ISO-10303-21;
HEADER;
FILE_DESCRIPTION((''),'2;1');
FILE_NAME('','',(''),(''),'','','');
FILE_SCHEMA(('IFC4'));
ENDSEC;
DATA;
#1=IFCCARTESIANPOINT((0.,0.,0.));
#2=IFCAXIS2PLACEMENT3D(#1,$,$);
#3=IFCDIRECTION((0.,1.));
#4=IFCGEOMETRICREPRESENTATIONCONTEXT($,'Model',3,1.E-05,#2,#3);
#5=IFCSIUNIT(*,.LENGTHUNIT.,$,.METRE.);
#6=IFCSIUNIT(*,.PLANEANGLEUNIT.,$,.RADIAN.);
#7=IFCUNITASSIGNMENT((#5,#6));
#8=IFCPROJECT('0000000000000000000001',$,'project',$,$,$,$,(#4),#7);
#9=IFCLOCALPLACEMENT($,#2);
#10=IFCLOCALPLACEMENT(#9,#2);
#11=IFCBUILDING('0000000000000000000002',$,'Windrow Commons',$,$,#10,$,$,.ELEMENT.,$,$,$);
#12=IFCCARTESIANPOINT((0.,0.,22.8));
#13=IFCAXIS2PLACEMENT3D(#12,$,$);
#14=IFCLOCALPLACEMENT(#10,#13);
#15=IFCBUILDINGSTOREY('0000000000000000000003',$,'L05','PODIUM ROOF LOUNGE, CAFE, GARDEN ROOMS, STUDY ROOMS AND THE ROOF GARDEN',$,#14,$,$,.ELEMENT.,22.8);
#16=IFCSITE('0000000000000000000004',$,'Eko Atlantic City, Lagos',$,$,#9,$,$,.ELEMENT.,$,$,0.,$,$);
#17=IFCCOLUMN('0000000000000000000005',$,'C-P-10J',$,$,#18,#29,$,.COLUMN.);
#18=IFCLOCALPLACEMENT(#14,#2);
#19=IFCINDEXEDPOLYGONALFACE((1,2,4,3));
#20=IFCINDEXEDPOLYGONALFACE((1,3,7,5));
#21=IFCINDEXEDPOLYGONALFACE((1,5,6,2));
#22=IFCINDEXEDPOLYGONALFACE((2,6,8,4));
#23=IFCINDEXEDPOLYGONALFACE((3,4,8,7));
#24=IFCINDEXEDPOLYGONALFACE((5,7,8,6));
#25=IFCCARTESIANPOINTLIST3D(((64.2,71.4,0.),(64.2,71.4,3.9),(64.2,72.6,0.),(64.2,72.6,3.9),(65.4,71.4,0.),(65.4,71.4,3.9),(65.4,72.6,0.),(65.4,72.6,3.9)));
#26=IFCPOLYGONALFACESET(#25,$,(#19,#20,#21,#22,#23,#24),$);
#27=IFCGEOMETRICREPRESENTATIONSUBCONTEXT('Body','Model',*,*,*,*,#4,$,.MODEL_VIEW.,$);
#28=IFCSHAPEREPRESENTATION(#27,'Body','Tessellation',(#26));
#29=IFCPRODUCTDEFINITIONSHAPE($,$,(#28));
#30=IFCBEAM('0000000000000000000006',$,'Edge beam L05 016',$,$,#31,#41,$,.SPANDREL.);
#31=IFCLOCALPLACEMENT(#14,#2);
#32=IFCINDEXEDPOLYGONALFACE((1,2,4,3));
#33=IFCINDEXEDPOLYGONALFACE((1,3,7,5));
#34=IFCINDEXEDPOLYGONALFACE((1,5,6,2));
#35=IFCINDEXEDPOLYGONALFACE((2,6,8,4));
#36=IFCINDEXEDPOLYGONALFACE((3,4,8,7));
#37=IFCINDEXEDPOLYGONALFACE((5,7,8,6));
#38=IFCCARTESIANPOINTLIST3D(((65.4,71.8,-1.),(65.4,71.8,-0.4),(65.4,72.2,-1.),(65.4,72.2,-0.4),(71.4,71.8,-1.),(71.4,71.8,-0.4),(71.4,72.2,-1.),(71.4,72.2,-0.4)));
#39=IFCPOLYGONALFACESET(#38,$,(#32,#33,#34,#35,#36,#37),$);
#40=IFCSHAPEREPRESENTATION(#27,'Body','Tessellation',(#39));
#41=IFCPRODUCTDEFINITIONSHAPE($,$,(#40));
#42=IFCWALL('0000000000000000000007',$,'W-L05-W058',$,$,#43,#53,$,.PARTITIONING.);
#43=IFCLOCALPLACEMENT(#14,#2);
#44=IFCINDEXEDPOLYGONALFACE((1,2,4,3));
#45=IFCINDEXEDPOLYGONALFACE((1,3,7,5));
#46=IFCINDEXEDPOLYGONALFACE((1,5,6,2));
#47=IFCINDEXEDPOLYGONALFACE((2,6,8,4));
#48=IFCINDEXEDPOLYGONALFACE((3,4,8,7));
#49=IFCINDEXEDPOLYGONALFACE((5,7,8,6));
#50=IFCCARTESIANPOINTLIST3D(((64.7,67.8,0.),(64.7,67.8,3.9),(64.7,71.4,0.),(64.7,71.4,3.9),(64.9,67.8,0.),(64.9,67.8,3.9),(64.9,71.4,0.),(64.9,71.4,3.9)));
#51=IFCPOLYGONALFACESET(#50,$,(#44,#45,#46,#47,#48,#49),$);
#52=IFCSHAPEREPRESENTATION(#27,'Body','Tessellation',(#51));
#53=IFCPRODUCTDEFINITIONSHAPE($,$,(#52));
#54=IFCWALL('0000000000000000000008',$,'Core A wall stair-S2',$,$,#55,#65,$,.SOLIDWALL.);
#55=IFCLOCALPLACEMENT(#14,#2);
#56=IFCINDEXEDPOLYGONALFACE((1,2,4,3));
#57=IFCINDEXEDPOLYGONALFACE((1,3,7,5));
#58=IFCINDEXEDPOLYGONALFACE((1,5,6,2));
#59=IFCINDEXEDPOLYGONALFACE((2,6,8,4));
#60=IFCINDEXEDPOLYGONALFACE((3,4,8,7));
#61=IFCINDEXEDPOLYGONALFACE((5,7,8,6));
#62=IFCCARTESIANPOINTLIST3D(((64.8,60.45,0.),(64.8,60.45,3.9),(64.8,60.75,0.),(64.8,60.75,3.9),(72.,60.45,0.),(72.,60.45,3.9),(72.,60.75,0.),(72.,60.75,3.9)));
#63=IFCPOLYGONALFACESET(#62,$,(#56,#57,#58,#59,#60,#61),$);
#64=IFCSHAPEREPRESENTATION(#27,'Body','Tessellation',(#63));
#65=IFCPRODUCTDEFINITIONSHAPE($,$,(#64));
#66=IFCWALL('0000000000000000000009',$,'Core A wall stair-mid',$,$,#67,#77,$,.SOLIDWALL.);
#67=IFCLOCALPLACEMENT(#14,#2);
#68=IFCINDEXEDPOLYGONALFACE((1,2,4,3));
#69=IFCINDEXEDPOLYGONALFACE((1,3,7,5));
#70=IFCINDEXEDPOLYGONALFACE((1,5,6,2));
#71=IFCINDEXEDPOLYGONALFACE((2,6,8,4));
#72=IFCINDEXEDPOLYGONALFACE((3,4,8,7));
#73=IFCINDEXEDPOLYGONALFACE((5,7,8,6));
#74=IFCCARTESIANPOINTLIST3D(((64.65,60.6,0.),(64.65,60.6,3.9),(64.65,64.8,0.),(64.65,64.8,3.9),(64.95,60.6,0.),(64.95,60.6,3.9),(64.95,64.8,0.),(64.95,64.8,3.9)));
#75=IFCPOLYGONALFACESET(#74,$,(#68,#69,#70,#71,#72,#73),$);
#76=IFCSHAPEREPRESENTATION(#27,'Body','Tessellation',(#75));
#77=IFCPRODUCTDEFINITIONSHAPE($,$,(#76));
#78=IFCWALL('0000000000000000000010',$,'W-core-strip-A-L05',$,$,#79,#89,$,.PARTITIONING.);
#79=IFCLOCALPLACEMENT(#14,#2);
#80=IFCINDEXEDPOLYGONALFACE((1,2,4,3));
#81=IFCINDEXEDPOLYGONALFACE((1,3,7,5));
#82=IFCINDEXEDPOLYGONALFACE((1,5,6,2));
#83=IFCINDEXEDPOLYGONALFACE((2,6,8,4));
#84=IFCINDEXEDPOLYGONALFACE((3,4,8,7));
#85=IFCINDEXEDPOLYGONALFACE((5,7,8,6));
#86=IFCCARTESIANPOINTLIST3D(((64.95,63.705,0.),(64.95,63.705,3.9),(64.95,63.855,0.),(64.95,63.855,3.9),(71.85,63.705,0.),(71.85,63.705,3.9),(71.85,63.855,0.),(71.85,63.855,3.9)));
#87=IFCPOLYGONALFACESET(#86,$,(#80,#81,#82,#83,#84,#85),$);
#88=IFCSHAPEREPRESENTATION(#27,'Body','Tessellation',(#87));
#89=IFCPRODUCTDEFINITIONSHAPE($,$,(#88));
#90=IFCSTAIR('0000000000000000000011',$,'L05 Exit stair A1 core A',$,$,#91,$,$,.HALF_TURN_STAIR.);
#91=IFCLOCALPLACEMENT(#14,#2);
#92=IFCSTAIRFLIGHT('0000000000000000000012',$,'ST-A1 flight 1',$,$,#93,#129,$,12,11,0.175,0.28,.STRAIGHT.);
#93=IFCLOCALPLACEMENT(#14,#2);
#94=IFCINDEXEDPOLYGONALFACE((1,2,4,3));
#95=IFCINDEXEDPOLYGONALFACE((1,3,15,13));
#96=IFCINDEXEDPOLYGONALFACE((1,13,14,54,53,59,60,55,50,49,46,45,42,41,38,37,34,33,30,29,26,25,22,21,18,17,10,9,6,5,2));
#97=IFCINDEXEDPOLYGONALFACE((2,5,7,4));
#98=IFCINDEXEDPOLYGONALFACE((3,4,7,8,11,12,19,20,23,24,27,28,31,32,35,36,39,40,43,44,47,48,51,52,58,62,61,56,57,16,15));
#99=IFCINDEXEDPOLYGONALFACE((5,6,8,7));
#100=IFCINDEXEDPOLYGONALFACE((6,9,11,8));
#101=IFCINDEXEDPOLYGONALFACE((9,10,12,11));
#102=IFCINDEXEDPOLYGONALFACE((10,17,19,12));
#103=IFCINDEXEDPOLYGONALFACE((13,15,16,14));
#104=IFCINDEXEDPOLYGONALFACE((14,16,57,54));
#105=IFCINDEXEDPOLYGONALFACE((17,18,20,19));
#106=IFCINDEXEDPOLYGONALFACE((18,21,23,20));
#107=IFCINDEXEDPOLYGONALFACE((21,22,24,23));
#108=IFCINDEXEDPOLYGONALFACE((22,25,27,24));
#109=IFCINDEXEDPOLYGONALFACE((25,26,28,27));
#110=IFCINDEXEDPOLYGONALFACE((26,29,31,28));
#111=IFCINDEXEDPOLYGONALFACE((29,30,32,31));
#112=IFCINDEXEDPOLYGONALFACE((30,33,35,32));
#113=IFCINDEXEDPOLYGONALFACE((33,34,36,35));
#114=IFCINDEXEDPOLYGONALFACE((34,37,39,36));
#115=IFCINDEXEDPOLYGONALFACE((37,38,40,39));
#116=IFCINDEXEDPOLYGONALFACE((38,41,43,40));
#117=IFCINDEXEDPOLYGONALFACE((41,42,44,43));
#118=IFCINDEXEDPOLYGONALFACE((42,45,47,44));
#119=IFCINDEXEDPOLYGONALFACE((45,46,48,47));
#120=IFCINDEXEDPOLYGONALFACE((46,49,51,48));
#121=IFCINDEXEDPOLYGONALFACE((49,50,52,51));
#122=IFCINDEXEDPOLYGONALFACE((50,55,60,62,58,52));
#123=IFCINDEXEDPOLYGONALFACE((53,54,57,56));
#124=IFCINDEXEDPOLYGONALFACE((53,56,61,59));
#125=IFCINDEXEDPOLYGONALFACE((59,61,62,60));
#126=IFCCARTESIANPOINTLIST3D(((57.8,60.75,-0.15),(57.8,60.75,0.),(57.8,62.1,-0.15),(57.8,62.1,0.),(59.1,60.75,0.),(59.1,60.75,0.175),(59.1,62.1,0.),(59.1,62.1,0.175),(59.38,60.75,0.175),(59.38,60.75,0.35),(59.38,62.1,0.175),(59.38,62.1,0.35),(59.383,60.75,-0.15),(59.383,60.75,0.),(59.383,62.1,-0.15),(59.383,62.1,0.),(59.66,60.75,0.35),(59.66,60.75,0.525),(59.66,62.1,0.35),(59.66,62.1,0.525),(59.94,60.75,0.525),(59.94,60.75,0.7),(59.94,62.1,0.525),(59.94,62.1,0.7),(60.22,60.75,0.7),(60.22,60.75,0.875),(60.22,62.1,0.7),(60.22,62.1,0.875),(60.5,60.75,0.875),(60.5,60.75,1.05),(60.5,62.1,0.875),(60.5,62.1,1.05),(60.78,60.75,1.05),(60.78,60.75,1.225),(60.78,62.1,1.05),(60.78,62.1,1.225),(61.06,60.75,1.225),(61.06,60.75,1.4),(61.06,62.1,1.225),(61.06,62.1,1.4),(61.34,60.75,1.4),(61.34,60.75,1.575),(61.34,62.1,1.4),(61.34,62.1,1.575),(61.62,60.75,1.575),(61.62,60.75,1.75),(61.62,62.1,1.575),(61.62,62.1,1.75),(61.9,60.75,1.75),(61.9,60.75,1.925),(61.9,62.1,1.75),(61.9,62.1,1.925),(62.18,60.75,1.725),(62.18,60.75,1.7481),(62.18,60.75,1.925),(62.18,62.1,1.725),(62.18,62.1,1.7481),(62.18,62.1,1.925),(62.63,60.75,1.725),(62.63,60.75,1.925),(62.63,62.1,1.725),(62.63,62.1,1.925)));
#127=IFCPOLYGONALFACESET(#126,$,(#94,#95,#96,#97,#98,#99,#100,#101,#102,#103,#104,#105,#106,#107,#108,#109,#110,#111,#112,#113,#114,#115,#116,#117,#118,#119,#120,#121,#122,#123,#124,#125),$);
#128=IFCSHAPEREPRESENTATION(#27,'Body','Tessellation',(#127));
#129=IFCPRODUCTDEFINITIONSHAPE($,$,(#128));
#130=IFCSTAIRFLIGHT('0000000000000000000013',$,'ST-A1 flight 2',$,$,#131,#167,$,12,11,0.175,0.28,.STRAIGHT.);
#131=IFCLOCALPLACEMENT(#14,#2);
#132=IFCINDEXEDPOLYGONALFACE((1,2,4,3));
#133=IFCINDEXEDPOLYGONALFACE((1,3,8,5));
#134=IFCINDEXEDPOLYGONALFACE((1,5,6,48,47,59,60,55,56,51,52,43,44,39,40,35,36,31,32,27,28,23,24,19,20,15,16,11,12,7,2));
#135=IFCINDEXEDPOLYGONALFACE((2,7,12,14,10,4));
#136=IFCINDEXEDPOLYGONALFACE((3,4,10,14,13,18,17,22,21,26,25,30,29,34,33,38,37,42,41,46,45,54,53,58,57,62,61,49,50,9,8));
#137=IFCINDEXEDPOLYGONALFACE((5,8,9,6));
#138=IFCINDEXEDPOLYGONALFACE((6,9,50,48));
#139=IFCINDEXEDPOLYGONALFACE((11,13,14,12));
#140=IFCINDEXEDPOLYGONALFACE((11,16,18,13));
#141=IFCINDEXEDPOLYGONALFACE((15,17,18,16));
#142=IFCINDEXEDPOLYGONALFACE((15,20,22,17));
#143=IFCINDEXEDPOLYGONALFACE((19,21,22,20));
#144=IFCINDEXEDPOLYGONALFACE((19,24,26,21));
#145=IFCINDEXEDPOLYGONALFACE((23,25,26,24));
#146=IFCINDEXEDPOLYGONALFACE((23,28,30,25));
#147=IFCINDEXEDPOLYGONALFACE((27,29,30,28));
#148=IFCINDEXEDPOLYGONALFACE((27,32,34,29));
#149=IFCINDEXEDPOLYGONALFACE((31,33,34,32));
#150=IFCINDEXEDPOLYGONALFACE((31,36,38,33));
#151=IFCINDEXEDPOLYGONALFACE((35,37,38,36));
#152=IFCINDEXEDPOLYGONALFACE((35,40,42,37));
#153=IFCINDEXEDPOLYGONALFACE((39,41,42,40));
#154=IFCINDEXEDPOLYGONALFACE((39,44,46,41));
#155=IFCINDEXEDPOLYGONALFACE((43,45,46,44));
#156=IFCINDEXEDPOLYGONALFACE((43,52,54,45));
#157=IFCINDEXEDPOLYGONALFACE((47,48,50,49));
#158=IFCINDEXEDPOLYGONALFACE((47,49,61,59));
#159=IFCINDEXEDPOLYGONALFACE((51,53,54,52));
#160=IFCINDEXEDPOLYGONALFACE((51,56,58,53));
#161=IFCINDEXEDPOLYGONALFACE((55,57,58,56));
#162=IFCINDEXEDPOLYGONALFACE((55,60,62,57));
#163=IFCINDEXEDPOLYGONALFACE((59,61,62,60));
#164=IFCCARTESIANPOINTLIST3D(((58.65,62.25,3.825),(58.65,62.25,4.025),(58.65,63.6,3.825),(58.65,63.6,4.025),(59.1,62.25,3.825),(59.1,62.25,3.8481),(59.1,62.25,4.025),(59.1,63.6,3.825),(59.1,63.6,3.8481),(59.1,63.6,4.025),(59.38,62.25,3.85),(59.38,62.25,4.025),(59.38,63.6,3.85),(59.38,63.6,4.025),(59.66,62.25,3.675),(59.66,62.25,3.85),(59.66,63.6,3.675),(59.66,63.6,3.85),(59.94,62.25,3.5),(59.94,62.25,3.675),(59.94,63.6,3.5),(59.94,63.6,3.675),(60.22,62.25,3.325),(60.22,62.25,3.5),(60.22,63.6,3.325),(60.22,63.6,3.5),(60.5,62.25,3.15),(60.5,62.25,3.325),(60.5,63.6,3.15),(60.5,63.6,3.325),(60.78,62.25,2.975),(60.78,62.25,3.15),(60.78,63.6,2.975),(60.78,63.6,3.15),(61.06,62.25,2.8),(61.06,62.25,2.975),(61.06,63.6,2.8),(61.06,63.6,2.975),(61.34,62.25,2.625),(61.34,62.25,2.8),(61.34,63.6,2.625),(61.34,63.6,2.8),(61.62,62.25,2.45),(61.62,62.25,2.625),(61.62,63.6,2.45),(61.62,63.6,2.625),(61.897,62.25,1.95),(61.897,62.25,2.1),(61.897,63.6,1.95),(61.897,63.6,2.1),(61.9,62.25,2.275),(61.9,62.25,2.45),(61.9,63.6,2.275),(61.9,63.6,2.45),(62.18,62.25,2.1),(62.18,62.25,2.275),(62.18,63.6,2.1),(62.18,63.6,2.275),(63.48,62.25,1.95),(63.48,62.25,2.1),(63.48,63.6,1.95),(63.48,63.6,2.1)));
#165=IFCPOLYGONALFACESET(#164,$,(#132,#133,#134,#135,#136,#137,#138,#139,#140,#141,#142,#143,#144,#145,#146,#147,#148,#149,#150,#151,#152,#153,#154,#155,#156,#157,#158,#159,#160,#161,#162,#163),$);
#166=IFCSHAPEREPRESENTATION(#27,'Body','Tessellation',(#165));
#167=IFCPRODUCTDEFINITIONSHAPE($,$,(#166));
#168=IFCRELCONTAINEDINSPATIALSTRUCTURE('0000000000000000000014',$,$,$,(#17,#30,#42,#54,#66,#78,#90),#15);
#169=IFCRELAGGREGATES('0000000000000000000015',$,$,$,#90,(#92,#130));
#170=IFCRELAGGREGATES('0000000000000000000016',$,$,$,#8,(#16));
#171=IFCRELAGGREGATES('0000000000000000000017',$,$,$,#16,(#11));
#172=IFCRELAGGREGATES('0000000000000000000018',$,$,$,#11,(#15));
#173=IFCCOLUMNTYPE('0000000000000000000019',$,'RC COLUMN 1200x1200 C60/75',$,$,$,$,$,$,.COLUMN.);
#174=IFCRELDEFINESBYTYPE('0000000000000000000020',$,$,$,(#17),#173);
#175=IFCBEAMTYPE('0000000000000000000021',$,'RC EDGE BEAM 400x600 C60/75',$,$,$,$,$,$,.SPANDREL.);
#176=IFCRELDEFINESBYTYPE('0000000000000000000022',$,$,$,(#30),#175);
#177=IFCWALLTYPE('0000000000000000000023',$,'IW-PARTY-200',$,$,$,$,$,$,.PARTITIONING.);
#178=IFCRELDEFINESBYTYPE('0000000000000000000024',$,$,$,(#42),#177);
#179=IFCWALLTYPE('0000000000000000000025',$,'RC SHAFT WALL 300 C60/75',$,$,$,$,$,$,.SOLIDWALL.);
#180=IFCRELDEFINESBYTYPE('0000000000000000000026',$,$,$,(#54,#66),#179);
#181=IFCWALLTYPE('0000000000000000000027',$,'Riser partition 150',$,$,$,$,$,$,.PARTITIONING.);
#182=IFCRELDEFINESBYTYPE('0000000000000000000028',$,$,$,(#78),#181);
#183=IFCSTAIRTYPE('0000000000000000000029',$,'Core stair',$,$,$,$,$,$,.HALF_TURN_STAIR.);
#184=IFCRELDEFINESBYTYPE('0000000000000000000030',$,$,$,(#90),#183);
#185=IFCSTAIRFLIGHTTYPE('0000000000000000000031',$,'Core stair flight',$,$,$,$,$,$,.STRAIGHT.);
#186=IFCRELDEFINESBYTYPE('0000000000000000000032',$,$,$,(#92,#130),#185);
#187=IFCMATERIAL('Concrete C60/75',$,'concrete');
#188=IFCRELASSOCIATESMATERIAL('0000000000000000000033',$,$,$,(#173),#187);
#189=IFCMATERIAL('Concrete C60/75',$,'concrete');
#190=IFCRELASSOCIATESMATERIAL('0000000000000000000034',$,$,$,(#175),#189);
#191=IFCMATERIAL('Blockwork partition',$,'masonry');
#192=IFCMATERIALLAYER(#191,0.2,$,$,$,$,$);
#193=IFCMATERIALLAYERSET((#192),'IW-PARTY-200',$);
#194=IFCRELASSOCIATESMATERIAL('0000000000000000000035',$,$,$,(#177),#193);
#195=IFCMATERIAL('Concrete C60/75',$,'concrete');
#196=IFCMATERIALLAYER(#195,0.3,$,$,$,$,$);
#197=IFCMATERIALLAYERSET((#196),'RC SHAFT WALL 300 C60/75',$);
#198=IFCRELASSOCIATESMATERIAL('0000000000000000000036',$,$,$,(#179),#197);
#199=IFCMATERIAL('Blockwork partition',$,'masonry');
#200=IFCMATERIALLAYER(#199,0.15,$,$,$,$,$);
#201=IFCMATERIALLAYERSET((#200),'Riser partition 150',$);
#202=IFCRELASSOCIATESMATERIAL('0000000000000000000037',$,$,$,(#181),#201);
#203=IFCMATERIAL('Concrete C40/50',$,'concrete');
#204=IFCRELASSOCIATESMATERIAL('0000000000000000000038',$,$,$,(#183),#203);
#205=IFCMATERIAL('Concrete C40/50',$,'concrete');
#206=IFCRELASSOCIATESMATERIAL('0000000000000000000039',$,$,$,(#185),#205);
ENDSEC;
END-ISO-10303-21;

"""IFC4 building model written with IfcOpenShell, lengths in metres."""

from ifc_helpers import new_model, si_unit, direction, frame, frame_2d, origin, origin_2d, place, context, subcontext, project, spatial, polyline, rectangle, outline, extrude, material, layer, layer_set, material_profile, profile_set, type_object, element, aggregate, save


model = new_model("IFC4")

# Units and contexts
model_context = context("Model", 3, precision=1e-05, world=origin(), true_north=direction((0.0, 1.0)))
body_context = subcontext(model_context, "Body", "Model", "MODEL_VIEW")
ifc_project = project(units=[si_unit("LENGTHUNIT", "METRE"), si_unit("PLANEANGLEUNIT", "RADIAN")], contexts=[model_context])

# Site, building, storey
site_placement = place(None, origin())
site = spatial("IfcSite", under=ifc_project, at=site_placement, Name="Eko Atlantic City, Lagos", CompositionType="ELEMENT", RefElevation=0.0)
building_placement = place(site_placement, origin())
building = spatial("IfcBuilding", under=site, at=building_placement, Name="Windrow Commons", CompositionType="ELEMENT")
storey_placement = place(building_placement, frame((0.0, 0.0, 22.8)))
storey = spatial("IfcBuildingStorey", under=building, at=storey_placement, Name="L05", Description="PODIUM ROOF LOUNGE, CAFE, GARDEN ROOMS, STUDY ROOMS AND THE ROOF GARDEN", CompositionType="ELEMENT", Elevation=22.8)

# Column
ifc_material_1 = material(Name="Concrete C60/75", Category="concrete")
ifc_material_profile_1 = material_profile(ifc_material_1, rectangle(XDim=1.2, YDim=1.2, at=origin_2d()))
ifc_profile_set_1 = profile_set([ifc_material_profile_1], Name="Concrete C60/75")
column_type = type_object("IfcColumnType", Name="RC COLUMN 1200x1200 C60/75", PredefinedType="COLUMN", material=ifc_profile_set_1)
column_placement = place(storey_placement, frame((64.8, 72.0, 0.0), z_axis=(0.0, 0.0, 1.0), x_axis=(1.0, 0.0, 0.0)))
element("IfcColumn", 1, at=column_placement, inside=storey, type_object=column_type, Name="C-P-10J", PredefinedType="COLUMN", context=body_context, shape_type="SweptSolid", body=[
    extrude(rectangle(XDim=1.2, YDim=1.2, at=origin_2d()), origin(), (0.0, 0.0, 1.0), 3.9),
])

# Beam
ifc_material_2 = material(Name="Concrete C60/75", Category="concrete")
ifc_material_profile_2 = material_profile(ifc_material_2, rectangle(XDim=0.4, YDim=0.6, at=origin_2d()))
ifc_profile_set_2 = profile_set([ifc_material_profile_2], Name="Concrete C60/75")
beam_type = type_object("IfcBeamType", Name="RC EDGE BEAM 400x600 C60/75", PredefinedType="SPANDREL", material=ifc_profile_set_2)
beam_placement = place(storey_placement, frame((65.4, 72.0, -0.7), z_axis=(1.0, 0.0, 0.0), x_axis=(0.0, 1.0, 0.0)))
element("IfcBeam", 2, at=beam_placement, inside=storey, type_object=beam_type, Name="Edge beam L05 016", PredefinedType="SPANDREL", context=body_context, shape_type="SweptSolid", body=[
    extrude(rectangle(XDim=0.4, YDim=0.6, at=origin_2d()), origin(), (0.0, 0.0, 1.0), 6.0),
])

# Walls
ifc_material_3 = material(Name="Blockwork partition", Category="masonry")
ifc_layer_1 = layer(ifc_material_3, 0.2)
ifc_layer_set_1 = layer_set([ifc_layer_1], Name="IW-PARTY-200")
wall_type_1 = type_object("IfcWallType", Name="IW-PARTY-200", PredefinedType="PARTITIONING", material=ifc_layer_set_1)
wall_1_placement = place(storey_placement, frame((64.8, 67.8, 0.0), z_axis=(0.0, 0.0, 1.0), x_axis=(0.0, 1.0, 0.0)))
element("IfcWall", 3, at=wall_1_placement, inside=storey, type_object=wall_type_1, Name="W-L05-W058", PredefinedType="PARTITIONING", context=body_context, shape_type="SweptSolid", body=[
    extrude(rectangle(XDim=3.6, YDim=0.2, at=frame_2d((1.8, 0.0))), origin(), (0.0, 0.0, 1.0), 3.9),
])
ifc_material_4 = material(Name="Concrete C60/75", Category="concrete")
ifc_layer_2 = layer(ifc_material_4, 0.3)
ifc_layer_set_2 = layer_set([ifc_layer_2], Name="RC SHAFT WALL 300 C60/75")
wall_type_2 = type_object("IfcWallType", Name="RC SHAFT WALL 300 C60/75", PredefinedType="SOLIDWALL", material=ifc_layer_set_2)
wall_2_placement = place(storey_placement, frame((64.8, 60.6, 0.0), z_axis=(0.0, 0.0, 1.0), x_axis=(1.0, 0.0, 0.0)))
element("IfcWall", 4, at=wall_2_placement, inside=storey, type_object=wall_type_2, Name="Core A wall stair-S2", PredefinedType="SOLIDWALL", context=body_context, shape_type="SweptSolid", body=[
    extrude(rectangle(XDim=7.2, YDim=0.3, at=frame_2d((3.6, 0.0))), origin(), (0.0, 0.0, 1.0), 3.9),
])
wall_3_placement = place(storey_placement, frame((64.8, 60.6, 0.0), z_axis=(0.0, 0.0, 1.0), x_axis=(0.0, 1.0, 0.0)))
element("IfcWall", 5, at=wall_3_placement, inside=storey, type_object=wall_type_2, Name="Core A wall stair-mid", PredefinedType="SOLIDWALL", context=body_context, shape_type="SweptSolid", body=[
    extrude(rectangle(XDim=4.2, YDim=0.3, at=frame_2d((2.1, 0.0))), origin(), (0.0, 0.0, 1.0), 3.9),
])
ifc_material_5 = material(Name="Blockwork partition", Category="masonry")
ifc_layer_3 = layer(ifc_material_5, 0.15)
ifc_layer_set_3 = layer_set([ifc_layer_3], Name="Riser partition 150")
wall_type_3 = type_object("IfcWallType", Name="Riser partition 150", PredefinedType="PARTITIONING", material=ifc_layer_set_3)
wall_4_placement = place(storey_placement, frame((64.95, 63.78, 0.0), z_axis=(0.0, 0.0, 1.0), x_axis=(1.0, 0.0, 0.0)))
element("IfcWall", 6, at=wall_4_placement, inside=storey, type_object=wall_type_3, Name="W-core-strip-A-L05", PredefinedType="PARTITIONING", context=body_context, shape_type="SweptSolid", body=[
    extrude(rectangle(XDim=6.9, YDim=0.15, at=frame_2d((3.45, 0.0))), origin(), (0.0, 0.0, 1.0), 3.9),
])

# Stair, stair flights
ifc_material_6 = material(Name="Concrete C40/50", Category="concrete")
stair_type = type_object("IfcStairType", Name="Core stair", PredefinedType="HALF_TURN_STAIR", material=ifc_material_6)
placement = place(storey_placement, origin())
stair_1 = element("IfcStair", 7, at=placement, inside=storey, type_object=stair_type, Name="L05 Exit stair A1 core A", PredefinedType="HALF_TURN_STAIR")
ifc_material_7 = material(Name="Concrete C40/50", Category="concrete")
stair_flight_type = type_object("IfcStairFlightType", Name="Core stair flight", PredefinedType="STRAIGHT", material=ifc_material_7)
stair_flight_1_placement = place(storey_placement, frame((59.1, 61.425, 0.0), z_axis=(0.0, 0.0, 1.0), x_axis=(1.0, 0.0, 0.0)))
stair_flight_1 = element("IfcStairFlight", 8, at=stair_flight_1_placement, type_object=stair_flight_type, Name="ST-A1 flight 1", NumberOfRisers=12, NumberOfTreads=11, PredefinedType="STRAIGHT", RiserHeight=0.175, TreadLength=0.28, context=body_context, shape_type="SweptSolid", body=[
    extrude(outline(polyline([(-1.3, -0.15), (-1.3, 0.0), (0.0, 0.0), (0.0, 0.175), (0.28, 0.175), (0.28, 0.35), (0.56, 0.35), (0.56, 0.525), (0.84, 0.525), (0.84, 0.7), (1.12, 0.7), (1.12, 0.875), (1.4, 0.875), (1.4, 1.05), (1.68, 1.05), (1.68, 1.225), (1.96, 1.225), (1.96, 1.4), (2.24, 1.4), (2.24, 1.575), (2.52, 1.575), (2.52, 1.75), (2.8, 1.75), (2.8, 1.925), (3.08, 1.925), (3.53, 1.925), (3.53, 1.725), (3.08, 1.725), (3.08, 1.7481), (0.283, 0.0), (0.283, -0.15), (-1.3, -0.15)])), frame((0.0, 0.675, 0.0), z_axis=(0.0, -1.0, 0.0), x_axis=(1.0, 0.0, 0.0)), (0.0, 0.0, 1.0), 1.35),
])
stair_flight_2_placement = place(storey_placement, frame((62.18, 62.925, 2.1), z_axis=(0.0, 0.0, 1.0), x_axis=(-1.0, 0.0, 0.0)))
stair_flight_2 = element("IfcStairFlight", 9, at=stair_flight_2_placement, type_object=stair_flight_type, Name="ST-A1 flight 2", NumberOfRisers=12, NumberOfTreads=11, PredefinedType="STRAIGHT", RiserHeight=0.175, TreadLength=0.28, context=body_context, shape_type="SweptSolid", body=[
    extrude(outline(polyline([(-1.3, -0.15), (-1.3, 0.0), (0.0, 0.0), (0.0, 0.175), (0.28, 0.175), (0.28, 0.35), (0.56, 0.35), (0.56, 0.525), (0.84, 0.525), (0.84, 0.7), (1.12, 0.7), (1.12, 0.875), (1.4, 0.875), (1.4, 1.05), (1.68, 1.05), (1.68, 1.225), (1.96, 1.225), (1.96, 1.4), (2.24, 1.4), (2.24, 1.575), (2.52, 1.575), (2.52, 1.75), (2.8, 1.75), (2.8, 1.925), (3.08, 1.925), (3.53, 1.925), (3.53, 1.725), (3.08, 1.725), (3.08, 1.7481), (0.283, 0.0), (0.283, -0.15), (-1.3, -0.15)])), frame((0.0, 0.675, 0.0), z_axis=(0.0, -1.0, 0.0), x_axis=(1.0, 0.0, 0.0)), (0.0, 0.0, 1.0), 1.35),
])
aggregate(stair_1, [stair_flight_1, stair_flight_2])

save(model, "model.ifc")
